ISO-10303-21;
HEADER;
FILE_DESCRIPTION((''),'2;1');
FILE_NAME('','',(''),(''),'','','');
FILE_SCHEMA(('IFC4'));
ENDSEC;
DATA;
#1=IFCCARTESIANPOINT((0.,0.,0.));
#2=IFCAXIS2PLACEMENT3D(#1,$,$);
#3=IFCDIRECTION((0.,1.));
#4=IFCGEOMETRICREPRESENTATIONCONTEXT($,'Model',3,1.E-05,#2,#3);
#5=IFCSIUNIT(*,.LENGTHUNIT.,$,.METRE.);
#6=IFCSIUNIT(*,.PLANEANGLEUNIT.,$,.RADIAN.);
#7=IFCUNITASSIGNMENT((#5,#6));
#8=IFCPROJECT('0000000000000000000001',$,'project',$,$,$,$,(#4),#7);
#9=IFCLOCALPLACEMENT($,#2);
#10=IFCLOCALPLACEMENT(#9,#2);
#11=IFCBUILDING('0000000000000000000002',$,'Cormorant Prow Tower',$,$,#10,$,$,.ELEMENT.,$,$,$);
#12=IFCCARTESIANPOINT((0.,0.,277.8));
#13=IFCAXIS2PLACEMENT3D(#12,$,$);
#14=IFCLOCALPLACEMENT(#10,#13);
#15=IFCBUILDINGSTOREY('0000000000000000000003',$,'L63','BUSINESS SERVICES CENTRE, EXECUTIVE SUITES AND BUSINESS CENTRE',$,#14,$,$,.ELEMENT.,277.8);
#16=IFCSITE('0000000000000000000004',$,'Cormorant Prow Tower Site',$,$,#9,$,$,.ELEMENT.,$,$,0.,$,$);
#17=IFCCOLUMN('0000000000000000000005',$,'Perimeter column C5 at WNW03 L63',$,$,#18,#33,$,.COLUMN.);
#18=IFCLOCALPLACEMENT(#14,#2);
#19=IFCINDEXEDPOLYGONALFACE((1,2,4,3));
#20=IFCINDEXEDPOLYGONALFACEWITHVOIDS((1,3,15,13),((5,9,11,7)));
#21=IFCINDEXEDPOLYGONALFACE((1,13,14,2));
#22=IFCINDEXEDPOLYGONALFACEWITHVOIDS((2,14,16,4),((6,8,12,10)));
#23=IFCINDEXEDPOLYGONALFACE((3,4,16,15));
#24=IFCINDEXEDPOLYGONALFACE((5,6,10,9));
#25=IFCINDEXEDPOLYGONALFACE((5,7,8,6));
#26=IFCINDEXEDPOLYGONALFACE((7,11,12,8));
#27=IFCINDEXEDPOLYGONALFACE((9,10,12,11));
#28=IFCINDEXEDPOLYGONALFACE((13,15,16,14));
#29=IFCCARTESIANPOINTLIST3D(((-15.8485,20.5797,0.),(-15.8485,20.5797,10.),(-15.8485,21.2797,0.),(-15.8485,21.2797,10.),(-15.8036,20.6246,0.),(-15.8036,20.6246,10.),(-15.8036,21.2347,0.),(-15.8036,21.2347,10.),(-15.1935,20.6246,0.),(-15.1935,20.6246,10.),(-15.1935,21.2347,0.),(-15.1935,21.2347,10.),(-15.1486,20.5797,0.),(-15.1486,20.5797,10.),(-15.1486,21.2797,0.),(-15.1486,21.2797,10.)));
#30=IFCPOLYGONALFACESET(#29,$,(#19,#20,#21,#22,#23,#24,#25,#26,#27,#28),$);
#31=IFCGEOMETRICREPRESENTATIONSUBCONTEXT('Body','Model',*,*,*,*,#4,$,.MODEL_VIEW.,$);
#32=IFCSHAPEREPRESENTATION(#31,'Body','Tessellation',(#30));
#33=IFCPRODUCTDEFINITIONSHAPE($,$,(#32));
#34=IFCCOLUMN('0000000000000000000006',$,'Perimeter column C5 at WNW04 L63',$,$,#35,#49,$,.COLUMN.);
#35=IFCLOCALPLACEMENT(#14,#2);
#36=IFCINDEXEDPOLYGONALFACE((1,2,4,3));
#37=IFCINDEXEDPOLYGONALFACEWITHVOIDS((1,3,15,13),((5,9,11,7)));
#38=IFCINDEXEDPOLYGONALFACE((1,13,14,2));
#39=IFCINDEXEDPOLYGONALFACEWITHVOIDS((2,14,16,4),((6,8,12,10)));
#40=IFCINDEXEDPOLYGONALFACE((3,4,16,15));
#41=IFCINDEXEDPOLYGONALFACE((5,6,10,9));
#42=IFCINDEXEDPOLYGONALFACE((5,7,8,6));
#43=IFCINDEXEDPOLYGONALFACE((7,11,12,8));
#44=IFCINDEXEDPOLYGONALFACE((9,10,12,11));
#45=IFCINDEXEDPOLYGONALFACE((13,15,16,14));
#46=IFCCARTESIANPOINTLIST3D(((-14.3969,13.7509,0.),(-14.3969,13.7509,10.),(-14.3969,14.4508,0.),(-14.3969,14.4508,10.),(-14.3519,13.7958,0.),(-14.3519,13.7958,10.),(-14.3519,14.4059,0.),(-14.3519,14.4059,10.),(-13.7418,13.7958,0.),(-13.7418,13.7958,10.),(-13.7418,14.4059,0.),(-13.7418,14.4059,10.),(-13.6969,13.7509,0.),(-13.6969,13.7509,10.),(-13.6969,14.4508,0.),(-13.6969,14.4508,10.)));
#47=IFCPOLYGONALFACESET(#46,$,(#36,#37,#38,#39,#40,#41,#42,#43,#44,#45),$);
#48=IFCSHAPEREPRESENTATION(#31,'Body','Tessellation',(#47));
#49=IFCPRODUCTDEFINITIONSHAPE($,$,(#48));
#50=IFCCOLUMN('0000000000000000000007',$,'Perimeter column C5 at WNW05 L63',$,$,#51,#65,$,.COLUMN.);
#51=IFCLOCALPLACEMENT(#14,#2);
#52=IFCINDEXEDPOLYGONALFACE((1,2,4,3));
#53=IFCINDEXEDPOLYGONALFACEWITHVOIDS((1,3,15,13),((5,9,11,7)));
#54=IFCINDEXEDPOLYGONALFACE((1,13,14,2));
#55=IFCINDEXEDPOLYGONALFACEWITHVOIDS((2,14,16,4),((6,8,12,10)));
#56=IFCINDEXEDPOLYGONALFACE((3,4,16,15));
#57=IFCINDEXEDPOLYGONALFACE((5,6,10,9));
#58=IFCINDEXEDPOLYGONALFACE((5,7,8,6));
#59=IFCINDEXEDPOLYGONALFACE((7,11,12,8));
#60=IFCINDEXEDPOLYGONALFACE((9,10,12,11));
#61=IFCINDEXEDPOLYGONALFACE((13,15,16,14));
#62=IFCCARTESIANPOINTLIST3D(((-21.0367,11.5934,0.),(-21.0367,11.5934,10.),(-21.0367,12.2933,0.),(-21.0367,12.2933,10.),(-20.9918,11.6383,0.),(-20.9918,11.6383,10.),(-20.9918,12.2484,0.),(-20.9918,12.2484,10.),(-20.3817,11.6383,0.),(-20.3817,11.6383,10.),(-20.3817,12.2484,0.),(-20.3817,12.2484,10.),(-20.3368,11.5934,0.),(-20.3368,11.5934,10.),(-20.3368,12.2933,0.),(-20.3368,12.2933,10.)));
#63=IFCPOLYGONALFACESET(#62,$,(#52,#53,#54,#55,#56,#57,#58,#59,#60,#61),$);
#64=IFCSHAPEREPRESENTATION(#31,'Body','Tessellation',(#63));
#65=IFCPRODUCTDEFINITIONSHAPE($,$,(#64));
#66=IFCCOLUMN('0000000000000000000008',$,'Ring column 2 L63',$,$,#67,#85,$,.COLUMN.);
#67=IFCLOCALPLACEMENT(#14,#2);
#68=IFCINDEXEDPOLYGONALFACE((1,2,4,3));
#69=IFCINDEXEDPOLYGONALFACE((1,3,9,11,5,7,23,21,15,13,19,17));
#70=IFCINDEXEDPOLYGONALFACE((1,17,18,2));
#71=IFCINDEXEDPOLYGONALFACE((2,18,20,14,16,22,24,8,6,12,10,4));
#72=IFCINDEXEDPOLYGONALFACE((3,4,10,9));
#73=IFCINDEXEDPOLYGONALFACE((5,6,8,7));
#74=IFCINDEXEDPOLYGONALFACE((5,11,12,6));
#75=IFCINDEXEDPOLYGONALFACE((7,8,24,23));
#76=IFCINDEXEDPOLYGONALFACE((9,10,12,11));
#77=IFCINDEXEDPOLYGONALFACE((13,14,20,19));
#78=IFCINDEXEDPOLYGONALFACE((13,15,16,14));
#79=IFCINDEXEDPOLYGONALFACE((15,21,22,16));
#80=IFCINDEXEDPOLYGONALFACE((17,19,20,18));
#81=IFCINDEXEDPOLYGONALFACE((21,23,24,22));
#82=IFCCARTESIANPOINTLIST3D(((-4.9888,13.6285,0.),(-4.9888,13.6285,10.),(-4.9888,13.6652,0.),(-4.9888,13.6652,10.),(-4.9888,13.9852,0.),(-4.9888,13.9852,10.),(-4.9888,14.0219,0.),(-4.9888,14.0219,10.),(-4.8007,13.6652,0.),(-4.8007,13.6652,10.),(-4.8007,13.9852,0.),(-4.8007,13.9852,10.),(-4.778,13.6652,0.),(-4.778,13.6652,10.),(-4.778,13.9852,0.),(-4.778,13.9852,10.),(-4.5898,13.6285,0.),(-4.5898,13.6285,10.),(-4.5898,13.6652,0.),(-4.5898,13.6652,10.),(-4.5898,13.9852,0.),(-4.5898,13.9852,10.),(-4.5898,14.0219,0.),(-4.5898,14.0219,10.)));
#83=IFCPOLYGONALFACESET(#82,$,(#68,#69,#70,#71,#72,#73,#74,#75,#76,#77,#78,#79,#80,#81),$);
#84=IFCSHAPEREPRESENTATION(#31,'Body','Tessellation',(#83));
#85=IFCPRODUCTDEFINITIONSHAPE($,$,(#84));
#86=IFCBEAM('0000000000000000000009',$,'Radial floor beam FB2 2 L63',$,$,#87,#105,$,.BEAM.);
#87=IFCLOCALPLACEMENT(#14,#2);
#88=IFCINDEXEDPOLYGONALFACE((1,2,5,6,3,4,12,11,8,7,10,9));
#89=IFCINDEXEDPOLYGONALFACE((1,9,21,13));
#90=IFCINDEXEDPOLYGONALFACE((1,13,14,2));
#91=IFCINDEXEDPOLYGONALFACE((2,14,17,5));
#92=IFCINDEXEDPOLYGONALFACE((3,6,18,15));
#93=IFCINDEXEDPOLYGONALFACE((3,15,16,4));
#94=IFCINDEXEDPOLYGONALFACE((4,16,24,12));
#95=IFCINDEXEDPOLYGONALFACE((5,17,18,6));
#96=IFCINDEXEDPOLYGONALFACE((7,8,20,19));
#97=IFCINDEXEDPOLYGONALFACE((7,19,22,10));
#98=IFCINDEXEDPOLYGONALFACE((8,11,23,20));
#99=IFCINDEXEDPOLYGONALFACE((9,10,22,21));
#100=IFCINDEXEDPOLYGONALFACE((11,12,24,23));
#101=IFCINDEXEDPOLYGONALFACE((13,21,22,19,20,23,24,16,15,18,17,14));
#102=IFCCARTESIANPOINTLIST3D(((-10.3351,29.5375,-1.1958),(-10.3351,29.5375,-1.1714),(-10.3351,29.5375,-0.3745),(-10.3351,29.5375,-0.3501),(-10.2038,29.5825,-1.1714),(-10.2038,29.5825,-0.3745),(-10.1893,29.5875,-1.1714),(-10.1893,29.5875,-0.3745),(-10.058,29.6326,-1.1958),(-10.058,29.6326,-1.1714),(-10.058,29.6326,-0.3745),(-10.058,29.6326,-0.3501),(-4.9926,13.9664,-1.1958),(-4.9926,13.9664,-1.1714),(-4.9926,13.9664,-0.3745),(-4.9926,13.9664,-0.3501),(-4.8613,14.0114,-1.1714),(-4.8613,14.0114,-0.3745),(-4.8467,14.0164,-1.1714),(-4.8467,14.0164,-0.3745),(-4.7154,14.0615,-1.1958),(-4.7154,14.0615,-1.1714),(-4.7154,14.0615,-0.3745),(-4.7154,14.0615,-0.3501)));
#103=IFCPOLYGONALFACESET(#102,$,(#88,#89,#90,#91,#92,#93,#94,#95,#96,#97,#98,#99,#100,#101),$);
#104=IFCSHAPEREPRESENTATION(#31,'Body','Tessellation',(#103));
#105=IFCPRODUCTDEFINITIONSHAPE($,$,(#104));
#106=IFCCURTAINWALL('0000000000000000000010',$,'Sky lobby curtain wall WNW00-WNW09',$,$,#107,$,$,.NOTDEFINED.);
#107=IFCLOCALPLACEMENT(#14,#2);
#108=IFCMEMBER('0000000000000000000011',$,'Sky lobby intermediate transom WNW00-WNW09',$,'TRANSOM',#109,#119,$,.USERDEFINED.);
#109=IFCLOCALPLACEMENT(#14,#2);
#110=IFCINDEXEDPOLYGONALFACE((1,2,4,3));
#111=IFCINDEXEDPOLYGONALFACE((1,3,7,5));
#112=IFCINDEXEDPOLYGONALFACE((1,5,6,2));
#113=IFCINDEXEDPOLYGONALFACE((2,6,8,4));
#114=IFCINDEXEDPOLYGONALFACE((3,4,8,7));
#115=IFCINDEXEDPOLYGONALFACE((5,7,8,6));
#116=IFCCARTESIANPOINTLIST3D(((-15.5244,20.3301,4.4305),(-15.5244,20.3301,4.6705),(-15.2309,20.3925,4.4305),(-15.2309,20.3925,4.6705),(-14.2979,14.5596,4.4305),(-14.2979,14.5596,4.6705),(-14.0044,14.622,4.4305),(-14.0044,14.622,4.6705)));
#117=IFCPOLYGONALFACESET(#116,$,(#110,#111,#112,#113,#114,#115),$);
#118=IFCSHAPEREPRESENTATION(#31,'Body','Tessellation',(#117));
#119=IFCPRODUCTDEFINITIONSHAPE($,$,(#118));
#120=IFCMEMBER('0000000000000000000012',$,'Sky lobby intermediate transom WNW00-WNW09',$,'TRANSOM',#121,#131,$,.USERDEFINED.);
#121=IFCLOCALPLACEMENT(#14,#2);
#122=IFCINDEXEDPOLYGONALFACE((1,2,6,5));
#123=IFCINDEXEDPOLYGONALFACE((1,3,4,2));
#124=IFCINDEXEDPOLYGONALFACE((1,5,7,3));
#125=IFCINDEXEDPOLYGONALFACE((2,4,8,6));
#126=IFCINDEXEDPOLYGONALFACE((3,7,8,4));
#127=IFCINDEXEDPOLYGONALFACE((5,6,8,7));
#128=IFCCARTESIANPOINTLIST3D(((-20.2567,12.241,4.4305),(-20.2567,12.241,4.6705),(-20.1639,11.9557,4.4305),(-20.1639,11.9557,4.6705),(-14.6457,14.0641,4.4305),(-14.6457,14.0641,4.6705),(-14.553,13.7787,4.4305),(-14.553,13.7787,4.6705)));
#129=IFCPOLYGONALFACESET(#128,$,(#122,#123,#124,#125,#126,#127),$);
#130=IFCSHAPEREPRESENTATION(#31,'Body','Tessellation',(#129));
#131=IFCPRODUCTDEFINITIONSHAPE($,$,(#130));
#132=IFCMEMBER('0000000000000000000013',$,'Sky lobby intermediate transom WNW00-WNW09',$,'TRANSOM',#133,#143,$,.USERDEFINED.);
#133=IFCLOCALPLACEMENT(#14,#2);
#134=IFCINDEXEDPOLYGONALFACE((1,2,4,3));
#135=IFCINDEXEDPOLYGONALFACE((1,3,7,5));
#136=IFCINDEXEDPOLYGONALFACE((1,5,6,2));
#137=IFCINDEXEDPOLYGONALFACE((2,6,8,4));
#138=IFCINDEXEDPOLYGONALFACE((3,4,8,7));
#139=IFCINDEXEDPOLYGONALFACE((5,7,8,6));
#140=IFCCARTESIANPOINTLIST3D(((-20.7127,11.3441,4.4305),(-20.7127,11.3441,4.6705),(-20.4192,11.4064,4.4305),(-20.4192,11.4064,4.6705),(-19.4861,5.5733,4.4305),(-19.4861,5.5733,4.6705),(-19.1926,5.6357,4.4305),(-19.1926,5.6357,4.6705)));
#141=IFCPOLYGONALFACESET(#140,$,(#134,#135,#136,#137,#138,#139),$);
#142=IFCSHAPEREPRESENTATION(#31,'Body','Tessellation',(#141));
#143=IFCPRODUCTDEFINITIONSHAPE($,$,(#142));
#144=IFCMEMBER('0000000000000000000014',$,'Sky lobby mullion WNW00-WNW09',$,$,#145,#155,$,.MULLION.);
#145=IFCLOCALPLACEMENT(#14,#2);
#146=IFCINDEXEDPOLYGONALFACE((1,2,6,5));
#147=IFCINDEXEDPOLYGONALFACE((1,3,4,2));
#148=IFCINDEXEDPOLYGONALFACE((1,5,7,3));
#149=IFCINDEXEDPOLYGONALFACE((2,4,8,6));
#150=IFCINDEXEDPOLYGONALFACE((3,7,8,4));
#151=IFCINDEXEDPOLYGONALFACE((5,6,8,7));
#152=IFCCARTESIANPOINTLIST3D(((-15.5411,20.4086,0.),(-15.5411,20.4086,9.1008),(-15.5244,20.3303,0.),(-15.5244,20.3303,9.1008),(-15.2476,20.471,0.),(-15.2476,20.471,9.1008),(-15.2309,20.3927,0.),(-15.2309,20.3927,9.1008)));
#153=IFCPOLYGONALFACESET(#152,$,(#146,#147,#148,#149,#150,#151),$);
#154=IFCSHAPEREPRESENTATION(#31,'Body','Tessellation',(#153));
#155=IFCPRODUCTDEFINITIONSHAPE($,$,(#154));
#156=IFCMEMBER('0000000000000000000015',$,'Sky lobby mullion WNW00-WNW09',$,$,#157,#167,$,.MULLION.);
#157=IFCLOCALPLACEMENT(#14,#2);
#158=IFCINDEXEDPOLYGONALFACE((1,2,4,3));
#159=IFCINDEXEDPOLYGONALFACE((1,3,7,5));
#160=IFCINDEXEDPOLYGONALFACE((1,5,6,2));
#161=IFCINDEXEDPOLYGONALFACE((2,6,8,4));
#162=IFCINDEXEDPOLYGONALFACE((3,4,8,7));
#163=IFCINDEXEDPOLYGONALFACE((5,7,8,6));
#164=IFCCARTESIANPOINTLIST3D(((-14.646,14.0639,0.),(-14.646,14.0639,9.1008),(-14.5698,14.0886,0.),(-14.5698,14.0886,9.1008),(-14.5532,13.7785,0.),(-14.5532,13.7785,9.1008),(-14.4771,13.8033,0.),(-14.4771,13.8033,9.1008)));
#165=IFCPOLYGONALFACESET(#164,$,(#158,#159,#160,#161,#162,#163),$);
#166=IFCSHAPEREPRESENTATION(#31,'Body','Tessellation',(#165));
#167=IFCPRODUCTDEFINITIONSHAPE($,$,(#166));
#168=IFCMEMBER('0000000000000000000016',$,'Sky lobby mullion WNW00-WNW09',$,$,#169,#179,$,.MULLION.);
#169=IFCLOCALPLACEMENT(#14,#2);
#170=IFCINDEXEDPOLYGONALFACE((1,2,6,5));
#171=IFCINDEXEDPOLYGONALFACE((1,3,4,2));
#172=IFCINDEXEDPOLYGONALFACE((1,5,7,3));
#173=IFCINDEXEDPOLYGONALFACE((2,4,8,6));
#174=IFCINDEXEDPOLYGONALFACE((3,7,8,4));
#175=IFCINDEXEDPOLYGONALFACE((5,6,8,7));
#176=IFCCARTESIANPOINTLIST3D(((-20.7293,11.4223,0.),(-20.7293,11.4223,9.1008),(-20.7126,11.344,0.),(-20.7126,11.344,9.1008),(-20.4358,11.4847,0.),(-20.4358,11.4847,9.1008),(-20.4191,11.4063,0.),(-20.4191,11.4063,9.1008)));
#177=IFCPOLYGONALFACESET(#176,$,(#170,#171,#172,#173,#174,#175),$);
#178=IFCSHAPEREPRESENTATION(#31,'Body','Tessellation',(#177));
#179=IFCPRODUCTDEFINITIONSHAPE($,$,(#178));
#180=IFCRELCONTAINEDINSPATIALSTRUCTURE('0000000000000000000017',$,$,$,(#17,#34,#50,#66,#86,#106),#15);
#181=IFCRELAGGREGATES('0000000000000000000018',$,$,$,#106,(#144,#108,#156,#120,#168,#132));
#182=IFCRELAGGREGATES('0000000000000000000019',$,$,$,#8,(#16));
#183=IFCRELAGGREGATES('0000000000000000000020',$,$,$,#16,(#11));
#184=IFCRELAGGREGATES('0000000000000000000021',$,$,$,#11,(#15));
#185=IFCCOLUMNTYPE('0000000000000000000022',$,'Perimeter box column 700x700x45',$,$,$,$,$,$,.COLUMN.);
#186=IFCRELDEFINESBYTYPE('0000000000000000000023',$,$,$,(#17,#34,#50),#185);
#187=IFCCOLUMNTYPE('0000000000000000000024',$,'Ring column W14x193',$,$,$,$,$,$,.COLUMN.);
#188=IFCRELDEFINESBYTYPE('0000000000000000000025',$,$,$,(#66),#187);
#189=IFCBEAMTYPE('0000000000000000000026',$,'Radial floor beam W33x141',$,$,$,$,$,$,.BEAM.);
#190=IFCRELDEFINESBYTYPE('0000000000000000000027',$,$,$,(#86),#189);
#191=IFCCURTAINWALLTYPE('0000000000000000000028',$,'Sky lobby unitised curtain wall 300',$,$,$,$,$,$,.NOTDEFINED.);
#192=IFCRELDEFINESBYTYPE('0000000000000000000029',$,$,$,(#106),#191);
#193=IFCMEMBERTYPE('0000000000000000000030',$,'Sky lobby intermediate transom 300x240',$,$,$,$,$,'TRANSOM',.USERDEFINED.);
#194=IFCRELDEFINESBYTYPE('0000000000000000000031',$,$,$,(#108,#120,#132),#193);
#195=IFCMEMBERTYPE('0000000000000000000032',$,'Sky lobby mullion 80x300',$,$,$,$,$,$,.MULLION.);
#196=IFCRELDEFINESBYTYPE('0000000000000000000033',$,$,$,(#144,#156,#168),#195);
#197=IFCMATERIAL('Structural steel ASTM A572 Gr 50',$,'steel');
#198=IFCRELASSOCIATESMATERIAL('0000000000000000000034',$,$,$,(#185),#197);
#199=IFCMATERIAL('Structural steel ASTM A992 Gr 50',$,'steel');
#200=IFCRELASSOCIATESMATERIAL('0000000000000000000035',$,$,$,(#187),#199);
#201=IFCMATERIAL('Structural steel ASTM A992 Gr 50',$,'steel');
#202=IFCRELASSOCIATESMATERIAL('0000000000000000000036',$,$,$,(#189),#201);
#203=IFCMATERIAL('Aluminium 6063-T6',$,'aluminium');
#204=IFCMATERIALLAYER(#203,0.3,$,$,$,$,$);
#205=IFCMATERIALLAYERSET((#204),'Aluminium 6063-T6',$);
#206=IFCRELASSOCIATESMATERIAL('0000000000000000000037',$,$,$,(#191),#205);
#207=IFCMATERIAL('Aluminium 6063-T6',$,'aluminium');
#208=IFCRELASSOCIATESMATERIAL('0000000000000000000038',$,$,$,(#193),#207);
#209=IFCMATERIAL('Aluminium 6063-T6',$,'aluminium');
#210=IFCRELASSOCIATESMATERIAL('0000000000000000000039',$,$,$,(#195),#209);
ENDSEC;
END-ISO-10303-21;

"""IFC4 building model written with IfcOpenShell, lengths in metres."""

from ifc_helpers import new_model, si_unit, direction, frame, origin, origin_2d, place, context, subcontext, project, spatial, rectangle, hollow_rectangle, i_section, extrude, material, layer, layer_set, material_profile, profile_set, type_object, element, aggregate, save


model = new_model("IFC4")

# Units and contexts
model_context = context("Model", 3, precision=1e-05, world=origin(), true_north=direction((0.0, 1.0)))
body_context = subcontext(model_context, "Body", "Model", "MODEL_VIEW")
ifc_project = project(units=[si_unit("LENGTHUNIT", "METRE"), si_unit("PLANEANGLEUNIT", "RADIAN")], contexts=[model_context])

# Site, building, storey
site_placement = place(None, origin())
site = spatial("IfcSite", under=ifc_project, at=site_placement, Name="Cormorant Prow Tower Site", CompositionType="ELEMENT", RefElevation=0.0)
building_placement = place(site_placement, origin())
building = spatial("IfcBuilding", under=site, at=building_placement, Name="Cormorant Prow Tower", CompositionType="ELEMENT")
storey_placement = place(building_placement, frame((0.0, 0.0, 277.8)))
storey = spatial("IfcBuildingStorey", under=building, at=storey_placement, Name="L63", Description="BUSINESS SERVICES CENTRE, EXECUTIVE SUITES AND BUSINESS CENTRE", CompositionType="ELEMENT", Elevation=277.8)

# Columns
ifc_material_1 = material(Name="Structural steel ASTM A572 Gr 50", Category="steel")
ifc_material_profile_1 = material_profile(ifc_material_1, hollow_rectangle(XDim=0.7, YDim=0.7, WallThickness=0.0449, at=origin_2d()), Name="Box 700x700x45")
ifc_profile_set_1 = profile_set([ifc_material_profile_1], Name="Structural steel ASTM A572 Gr 50")
column_type_1 = type_object("IfcColumnType", Name="Perimeter box column 700x700x45", PredefinedType="COLUMN", material=ifc_profile_set_1)
for number, where, z_axis, x_axis, name in (
    (1, (-15.4985, 20.9297, 0.0), (0.0, 0.0, 1.0), (1.0, 0.0, 0.0), "Perimeter column C5 at WNW03 L63"),
    (2, (-14.0469, 14.1008, 0.0), (0.0, 0.0, 1.0), (1.0, 0.0, 0.0), "Perimeter column C5 at WNW04 L63"),
    (3, (-20.6868, 11.9434, 0.0), (0.0, 0.0, 1.0), (1.0, 0.0, 0.0), "Perimeter column C5 at WNW05 L63"),
):
    element("IfcColumn", number, at=place(storey_placement, frame(where, z_axis=z_axis, x_axis=x_axis)), inside=storey, type_object=column_type_1, Name=name, PredefinedType="COLUMN", context=body_context, shape_type="SweptSolid", body=[
        extrude(hollow_rectangle(XDim=0.7, YDim=0.7, WallThickness=0.0449, at=origin_2d()), origin(), (0.0, 0.0, 1.0), 10.0),
    ])
ifc_material_2 = material(Name="Structural steel ASTM A992 Gr 50", Category="steel")
ifc_material_profile_2 = material_profile(ifc_material_2, i_section(OverallWidth=0.3989, OverallDepth=0.3933, WebThickness=0.0227, FlangeThickness=0.0366, at=origin_2d()), Name="W14x193")
ifc_profile_set_2 = profile_set([ifc_material_profile_2], Name="Structural steel ASTM A992 Gr 50")
column_type_2 = type_object("IfcColumnType", Name="Ring column W14x193", PredefinedType="COLUMN", material=ifc_profile_set_2)
column_placement = place(storey_placement, frame((-4.7893, 13.8252, 0.0), z_axis=(0.0, 0.0, 1.0), x_axis=(1.0, 0.0, 0.0)))
element("IfcColumn", 4, at=column_placement, inside=storey, type_object=column_type_2, Name="Ring column 2 L63", PredefinedType="COLUMN", context=body_context, shape_type="SweptSolid", body=[
    extrude(i_section(OverallWidth=0.3989, OverallDepth=0.3933, WebThickness=0.0227, FlangeThickness=0.0366, at=origin_2d()), origin(), (0.0, 0.0, 1.0), 10.0),
])

# Beam
ifc_material_3 = material(Name="Structural steel ASTM A992 Gr 50", Category="steel")
ifc_material_profile_3 = material_profile(ifc_material_3, i_section(OverallWidth=0.293, OverallDepth=0.8457, WebThickness=0.0154, FlangeThickness=0.0244, at=origin_2d()), Name="W33x141")
ifc_profile_set_3 = profile_set([ifc_material_profile_3], Name="Structural steel ASTM A992 Gr 50")
beam_type_1 = type_object("IfcBeamType", Name="Radial floor beam W33x141", PredefinedType="BEAM", material=ifc_profile_set_3)
beam_1_placement = place(storey_placement, frame((-4.854, 14.0139, -0.7729), z_axis=(-0.324536, 0.945874, 0.0), x_axis=(-0.945874, -0.324536, 0.0)))
element("IfcBeam", 5, at=beam_1_placement, inside=storey, type_object=beam_type_1, Name="Radial floor beam FB2 2 L63", PredefinedType="BEAM", context=body_context, shape_type="SweptSolid", body=[
    extrude(i_section(OverallWidth=0.293, OverallDepth=0.8457, WebThickness=0.0154, FlangeThickness=0.0244, at=origin_2d()), origin(), (0.0, 0.0, 1.0), 16.4622),
])

# Curtain wall, members
ifc_material_4 = material(Name="Aluminium 6063-T6", Category="aluminium")
ifc_layer_1 = layer(ifc_material_4, 0.3)
ifc_layer_set_1 = layer_set([ifc_layer_1], Name="Aluminium 6063-T6")
curtain_wall_type = type_object("IfcCurtainWallType", Name="Sky lobby unitised curtain wall 300", PredefinedType="NOTDEFINED", material=ifc_layer_set_1)
curtain_wall_placement = place(storey_placement, origin())
curtain_wall = element("IfcCurtainWall", 6, at=curtain_wall_placement, inside=storey, type_object=curtain_wall_type, Name="Sky lobby curtain wall WNW00-WNW09", PredefinedType="NOTDEFINED")
ifc_material_5 = material(Name="Aluminium 6063-T6", Category="aluminium")
ifc_material_profile_4 = material_profile(ifc_material_5, rectangle(XDim=0.3, YDim=0.24, at=origin_2d()), Name="Sky lobby intermediate transom 300x240")
ifc_profile_set_4 = profile_set([ifc_material_profile_4], Name="Aluminium 6063-T6")
member_type_1 = type_object("IfcMemberType", Name="Sky lobby intermediate transom 300x240", ElementType="TRANSOM", PredefinedType="USERDEFINED", material=ifc_profile_set_4)
member_1_placement = place(storey_placement, frame((-15.3777, 20.3613, 4.5505), z_axis=(0.207912, -0.978147, 0.0), x_axis=(0.978147, 0.207912, 0.0)))
member_1 = element("IfcMember", 7, at=member_1_placement, type_object=member_type_1, Name="Sky lobby intermediate transom WNW00-WNW09", ObjectType="TRANSOM", PredefinedType="USERDEFINED", context=body_context, shape_type="SweptSolid", body=[
    extrude(rectangle(XDim=0.3, YDim=0.24, at=origin_2d()), origin(), (0.0, 0.0, 1.0), 5.8994),
])
member_2_placement = place(storey_placement, frame((-14.5994, 13.9214, 4.5505), z_axis=(-0.95106, -0.309006, 0.0), x_axis=(0.309006, -0.95106, 0.0)))
member_2 = element("IfcMember", 8, at=member_2_placement, type_object=member_type_1, Name="Sky lobby intermediate transom WNW00-WNW09", ObjectType="TRANSOM", PredefinedType="USERDEFINED", context=body_context, shape_type="SweptSolid", body=[
    extrude(rectangle(XDim=0.3, YDim=0.24, at=origin_2d()), origin(), (0.0, 0.0, 1.0), 5.8997),
])
member_3_placement = place(storey_placement, frame((-20.5659, 11.3752, 4.5505), z_axis=(0.207904, -0.978149, 0.0), x_axis=(0.978149, 0.207904, 0.0)))
member_3 = element("IfcMember", 9, at=member_3_placement, type_object=member_type_1, Name="Sky lobby intermediate transom WNW00-WNW09", ObjectType="TRANSOM", PredefinedType="USERDEFINED", context=body_context, shape_type="SweptSolid", body=[
    extrude(rectangle(XDim=0.3, YDim=0.24, at=origin_2d()), origin(), (0.0, 0.0, 1.0), 5.8997),
])
ifc_material_6 = material(Name="Aluminium 6063-T6", Category="aluminium")
ifc_material_profile_5 = material_profile(ifc_material_6, rectangle(XDim=0.3, YDim=0.0801, at=origin_2d()), Name="Sky lobby mullion 80x300")
ifc_profile_set_5 = profile_set([ifc_material_profile_5], Name="Aluminium 6063-T6")
member_type_2 = type_object("IfcMemberType", Name="Sky lobby mullion 80x300", PredefinedType="MULLION", material=ifc_profile_set_5)
member_4_placement = place(storey_placement, frame((-15.386, 20.4006, 0.0), z_axis=(0.0, 0.0, 1.0), x_axis=(0.978148, 0.207912, 0.0)))
member_4 = element("IfcMember", 10, at=member_4_placement, type_object=member_type_2, Name="Sky lobby mullion WNW00-WNW09", PredefinedType="MULLION", context=body_context, shape_type="SweptSolid", body=[
    extrude(rectangle(XDim=0.3, YDim=0.0801, at=origin_2d()), origin(), (0.0, 0.0, 1.0), 9.1008),
])
member_5_placement = place(storey_placement, frame((-14.5615, 13.9336, 0.0), z_axis=(0.0, 0.0, 1.0), x_axis=(0.309017, -0.951057, 0.0)))
member_5 = element("IfcMember", 11, at=member_5_placement, type_object=member_type_2, Name="Sky lobby mullion WNW00-WNW09", PredefinedType="MULLION", context=body_context, shape_type="SweptSolid", body=[
    extrude(rectangle(XDim=0.3, YDim=0.0801, at=origin_2d()), origin(), (0.0, 0.0, 1.0), 9.1008),
])
member_6_placement = place(storey_placement, frame((-20.5742, 11.4143, 0.0), z_axis=(0.0, 0.0, 1.0), x_axis=(0.978148, 0.207912, 0.0)))
member_6 = element("IfcMember", 12, at=member_6_placement, type_object=member_type_2, Name="Sky lobby mullion WNW00-WNW09", PredefinedType="MULLION", context=body_context, shape_type="SweptSolid", body=[
    extrude(rectangle(XDim=0.3, YDim=0.0801, at=origin_2d()), origin(), (0.0, 0.0, 1.0), 9.1008),
])

aggregate(curtain_wall, [member_4, member_1, member_5, member_2, member_6, member_3])

save(model, "model.ifc")
